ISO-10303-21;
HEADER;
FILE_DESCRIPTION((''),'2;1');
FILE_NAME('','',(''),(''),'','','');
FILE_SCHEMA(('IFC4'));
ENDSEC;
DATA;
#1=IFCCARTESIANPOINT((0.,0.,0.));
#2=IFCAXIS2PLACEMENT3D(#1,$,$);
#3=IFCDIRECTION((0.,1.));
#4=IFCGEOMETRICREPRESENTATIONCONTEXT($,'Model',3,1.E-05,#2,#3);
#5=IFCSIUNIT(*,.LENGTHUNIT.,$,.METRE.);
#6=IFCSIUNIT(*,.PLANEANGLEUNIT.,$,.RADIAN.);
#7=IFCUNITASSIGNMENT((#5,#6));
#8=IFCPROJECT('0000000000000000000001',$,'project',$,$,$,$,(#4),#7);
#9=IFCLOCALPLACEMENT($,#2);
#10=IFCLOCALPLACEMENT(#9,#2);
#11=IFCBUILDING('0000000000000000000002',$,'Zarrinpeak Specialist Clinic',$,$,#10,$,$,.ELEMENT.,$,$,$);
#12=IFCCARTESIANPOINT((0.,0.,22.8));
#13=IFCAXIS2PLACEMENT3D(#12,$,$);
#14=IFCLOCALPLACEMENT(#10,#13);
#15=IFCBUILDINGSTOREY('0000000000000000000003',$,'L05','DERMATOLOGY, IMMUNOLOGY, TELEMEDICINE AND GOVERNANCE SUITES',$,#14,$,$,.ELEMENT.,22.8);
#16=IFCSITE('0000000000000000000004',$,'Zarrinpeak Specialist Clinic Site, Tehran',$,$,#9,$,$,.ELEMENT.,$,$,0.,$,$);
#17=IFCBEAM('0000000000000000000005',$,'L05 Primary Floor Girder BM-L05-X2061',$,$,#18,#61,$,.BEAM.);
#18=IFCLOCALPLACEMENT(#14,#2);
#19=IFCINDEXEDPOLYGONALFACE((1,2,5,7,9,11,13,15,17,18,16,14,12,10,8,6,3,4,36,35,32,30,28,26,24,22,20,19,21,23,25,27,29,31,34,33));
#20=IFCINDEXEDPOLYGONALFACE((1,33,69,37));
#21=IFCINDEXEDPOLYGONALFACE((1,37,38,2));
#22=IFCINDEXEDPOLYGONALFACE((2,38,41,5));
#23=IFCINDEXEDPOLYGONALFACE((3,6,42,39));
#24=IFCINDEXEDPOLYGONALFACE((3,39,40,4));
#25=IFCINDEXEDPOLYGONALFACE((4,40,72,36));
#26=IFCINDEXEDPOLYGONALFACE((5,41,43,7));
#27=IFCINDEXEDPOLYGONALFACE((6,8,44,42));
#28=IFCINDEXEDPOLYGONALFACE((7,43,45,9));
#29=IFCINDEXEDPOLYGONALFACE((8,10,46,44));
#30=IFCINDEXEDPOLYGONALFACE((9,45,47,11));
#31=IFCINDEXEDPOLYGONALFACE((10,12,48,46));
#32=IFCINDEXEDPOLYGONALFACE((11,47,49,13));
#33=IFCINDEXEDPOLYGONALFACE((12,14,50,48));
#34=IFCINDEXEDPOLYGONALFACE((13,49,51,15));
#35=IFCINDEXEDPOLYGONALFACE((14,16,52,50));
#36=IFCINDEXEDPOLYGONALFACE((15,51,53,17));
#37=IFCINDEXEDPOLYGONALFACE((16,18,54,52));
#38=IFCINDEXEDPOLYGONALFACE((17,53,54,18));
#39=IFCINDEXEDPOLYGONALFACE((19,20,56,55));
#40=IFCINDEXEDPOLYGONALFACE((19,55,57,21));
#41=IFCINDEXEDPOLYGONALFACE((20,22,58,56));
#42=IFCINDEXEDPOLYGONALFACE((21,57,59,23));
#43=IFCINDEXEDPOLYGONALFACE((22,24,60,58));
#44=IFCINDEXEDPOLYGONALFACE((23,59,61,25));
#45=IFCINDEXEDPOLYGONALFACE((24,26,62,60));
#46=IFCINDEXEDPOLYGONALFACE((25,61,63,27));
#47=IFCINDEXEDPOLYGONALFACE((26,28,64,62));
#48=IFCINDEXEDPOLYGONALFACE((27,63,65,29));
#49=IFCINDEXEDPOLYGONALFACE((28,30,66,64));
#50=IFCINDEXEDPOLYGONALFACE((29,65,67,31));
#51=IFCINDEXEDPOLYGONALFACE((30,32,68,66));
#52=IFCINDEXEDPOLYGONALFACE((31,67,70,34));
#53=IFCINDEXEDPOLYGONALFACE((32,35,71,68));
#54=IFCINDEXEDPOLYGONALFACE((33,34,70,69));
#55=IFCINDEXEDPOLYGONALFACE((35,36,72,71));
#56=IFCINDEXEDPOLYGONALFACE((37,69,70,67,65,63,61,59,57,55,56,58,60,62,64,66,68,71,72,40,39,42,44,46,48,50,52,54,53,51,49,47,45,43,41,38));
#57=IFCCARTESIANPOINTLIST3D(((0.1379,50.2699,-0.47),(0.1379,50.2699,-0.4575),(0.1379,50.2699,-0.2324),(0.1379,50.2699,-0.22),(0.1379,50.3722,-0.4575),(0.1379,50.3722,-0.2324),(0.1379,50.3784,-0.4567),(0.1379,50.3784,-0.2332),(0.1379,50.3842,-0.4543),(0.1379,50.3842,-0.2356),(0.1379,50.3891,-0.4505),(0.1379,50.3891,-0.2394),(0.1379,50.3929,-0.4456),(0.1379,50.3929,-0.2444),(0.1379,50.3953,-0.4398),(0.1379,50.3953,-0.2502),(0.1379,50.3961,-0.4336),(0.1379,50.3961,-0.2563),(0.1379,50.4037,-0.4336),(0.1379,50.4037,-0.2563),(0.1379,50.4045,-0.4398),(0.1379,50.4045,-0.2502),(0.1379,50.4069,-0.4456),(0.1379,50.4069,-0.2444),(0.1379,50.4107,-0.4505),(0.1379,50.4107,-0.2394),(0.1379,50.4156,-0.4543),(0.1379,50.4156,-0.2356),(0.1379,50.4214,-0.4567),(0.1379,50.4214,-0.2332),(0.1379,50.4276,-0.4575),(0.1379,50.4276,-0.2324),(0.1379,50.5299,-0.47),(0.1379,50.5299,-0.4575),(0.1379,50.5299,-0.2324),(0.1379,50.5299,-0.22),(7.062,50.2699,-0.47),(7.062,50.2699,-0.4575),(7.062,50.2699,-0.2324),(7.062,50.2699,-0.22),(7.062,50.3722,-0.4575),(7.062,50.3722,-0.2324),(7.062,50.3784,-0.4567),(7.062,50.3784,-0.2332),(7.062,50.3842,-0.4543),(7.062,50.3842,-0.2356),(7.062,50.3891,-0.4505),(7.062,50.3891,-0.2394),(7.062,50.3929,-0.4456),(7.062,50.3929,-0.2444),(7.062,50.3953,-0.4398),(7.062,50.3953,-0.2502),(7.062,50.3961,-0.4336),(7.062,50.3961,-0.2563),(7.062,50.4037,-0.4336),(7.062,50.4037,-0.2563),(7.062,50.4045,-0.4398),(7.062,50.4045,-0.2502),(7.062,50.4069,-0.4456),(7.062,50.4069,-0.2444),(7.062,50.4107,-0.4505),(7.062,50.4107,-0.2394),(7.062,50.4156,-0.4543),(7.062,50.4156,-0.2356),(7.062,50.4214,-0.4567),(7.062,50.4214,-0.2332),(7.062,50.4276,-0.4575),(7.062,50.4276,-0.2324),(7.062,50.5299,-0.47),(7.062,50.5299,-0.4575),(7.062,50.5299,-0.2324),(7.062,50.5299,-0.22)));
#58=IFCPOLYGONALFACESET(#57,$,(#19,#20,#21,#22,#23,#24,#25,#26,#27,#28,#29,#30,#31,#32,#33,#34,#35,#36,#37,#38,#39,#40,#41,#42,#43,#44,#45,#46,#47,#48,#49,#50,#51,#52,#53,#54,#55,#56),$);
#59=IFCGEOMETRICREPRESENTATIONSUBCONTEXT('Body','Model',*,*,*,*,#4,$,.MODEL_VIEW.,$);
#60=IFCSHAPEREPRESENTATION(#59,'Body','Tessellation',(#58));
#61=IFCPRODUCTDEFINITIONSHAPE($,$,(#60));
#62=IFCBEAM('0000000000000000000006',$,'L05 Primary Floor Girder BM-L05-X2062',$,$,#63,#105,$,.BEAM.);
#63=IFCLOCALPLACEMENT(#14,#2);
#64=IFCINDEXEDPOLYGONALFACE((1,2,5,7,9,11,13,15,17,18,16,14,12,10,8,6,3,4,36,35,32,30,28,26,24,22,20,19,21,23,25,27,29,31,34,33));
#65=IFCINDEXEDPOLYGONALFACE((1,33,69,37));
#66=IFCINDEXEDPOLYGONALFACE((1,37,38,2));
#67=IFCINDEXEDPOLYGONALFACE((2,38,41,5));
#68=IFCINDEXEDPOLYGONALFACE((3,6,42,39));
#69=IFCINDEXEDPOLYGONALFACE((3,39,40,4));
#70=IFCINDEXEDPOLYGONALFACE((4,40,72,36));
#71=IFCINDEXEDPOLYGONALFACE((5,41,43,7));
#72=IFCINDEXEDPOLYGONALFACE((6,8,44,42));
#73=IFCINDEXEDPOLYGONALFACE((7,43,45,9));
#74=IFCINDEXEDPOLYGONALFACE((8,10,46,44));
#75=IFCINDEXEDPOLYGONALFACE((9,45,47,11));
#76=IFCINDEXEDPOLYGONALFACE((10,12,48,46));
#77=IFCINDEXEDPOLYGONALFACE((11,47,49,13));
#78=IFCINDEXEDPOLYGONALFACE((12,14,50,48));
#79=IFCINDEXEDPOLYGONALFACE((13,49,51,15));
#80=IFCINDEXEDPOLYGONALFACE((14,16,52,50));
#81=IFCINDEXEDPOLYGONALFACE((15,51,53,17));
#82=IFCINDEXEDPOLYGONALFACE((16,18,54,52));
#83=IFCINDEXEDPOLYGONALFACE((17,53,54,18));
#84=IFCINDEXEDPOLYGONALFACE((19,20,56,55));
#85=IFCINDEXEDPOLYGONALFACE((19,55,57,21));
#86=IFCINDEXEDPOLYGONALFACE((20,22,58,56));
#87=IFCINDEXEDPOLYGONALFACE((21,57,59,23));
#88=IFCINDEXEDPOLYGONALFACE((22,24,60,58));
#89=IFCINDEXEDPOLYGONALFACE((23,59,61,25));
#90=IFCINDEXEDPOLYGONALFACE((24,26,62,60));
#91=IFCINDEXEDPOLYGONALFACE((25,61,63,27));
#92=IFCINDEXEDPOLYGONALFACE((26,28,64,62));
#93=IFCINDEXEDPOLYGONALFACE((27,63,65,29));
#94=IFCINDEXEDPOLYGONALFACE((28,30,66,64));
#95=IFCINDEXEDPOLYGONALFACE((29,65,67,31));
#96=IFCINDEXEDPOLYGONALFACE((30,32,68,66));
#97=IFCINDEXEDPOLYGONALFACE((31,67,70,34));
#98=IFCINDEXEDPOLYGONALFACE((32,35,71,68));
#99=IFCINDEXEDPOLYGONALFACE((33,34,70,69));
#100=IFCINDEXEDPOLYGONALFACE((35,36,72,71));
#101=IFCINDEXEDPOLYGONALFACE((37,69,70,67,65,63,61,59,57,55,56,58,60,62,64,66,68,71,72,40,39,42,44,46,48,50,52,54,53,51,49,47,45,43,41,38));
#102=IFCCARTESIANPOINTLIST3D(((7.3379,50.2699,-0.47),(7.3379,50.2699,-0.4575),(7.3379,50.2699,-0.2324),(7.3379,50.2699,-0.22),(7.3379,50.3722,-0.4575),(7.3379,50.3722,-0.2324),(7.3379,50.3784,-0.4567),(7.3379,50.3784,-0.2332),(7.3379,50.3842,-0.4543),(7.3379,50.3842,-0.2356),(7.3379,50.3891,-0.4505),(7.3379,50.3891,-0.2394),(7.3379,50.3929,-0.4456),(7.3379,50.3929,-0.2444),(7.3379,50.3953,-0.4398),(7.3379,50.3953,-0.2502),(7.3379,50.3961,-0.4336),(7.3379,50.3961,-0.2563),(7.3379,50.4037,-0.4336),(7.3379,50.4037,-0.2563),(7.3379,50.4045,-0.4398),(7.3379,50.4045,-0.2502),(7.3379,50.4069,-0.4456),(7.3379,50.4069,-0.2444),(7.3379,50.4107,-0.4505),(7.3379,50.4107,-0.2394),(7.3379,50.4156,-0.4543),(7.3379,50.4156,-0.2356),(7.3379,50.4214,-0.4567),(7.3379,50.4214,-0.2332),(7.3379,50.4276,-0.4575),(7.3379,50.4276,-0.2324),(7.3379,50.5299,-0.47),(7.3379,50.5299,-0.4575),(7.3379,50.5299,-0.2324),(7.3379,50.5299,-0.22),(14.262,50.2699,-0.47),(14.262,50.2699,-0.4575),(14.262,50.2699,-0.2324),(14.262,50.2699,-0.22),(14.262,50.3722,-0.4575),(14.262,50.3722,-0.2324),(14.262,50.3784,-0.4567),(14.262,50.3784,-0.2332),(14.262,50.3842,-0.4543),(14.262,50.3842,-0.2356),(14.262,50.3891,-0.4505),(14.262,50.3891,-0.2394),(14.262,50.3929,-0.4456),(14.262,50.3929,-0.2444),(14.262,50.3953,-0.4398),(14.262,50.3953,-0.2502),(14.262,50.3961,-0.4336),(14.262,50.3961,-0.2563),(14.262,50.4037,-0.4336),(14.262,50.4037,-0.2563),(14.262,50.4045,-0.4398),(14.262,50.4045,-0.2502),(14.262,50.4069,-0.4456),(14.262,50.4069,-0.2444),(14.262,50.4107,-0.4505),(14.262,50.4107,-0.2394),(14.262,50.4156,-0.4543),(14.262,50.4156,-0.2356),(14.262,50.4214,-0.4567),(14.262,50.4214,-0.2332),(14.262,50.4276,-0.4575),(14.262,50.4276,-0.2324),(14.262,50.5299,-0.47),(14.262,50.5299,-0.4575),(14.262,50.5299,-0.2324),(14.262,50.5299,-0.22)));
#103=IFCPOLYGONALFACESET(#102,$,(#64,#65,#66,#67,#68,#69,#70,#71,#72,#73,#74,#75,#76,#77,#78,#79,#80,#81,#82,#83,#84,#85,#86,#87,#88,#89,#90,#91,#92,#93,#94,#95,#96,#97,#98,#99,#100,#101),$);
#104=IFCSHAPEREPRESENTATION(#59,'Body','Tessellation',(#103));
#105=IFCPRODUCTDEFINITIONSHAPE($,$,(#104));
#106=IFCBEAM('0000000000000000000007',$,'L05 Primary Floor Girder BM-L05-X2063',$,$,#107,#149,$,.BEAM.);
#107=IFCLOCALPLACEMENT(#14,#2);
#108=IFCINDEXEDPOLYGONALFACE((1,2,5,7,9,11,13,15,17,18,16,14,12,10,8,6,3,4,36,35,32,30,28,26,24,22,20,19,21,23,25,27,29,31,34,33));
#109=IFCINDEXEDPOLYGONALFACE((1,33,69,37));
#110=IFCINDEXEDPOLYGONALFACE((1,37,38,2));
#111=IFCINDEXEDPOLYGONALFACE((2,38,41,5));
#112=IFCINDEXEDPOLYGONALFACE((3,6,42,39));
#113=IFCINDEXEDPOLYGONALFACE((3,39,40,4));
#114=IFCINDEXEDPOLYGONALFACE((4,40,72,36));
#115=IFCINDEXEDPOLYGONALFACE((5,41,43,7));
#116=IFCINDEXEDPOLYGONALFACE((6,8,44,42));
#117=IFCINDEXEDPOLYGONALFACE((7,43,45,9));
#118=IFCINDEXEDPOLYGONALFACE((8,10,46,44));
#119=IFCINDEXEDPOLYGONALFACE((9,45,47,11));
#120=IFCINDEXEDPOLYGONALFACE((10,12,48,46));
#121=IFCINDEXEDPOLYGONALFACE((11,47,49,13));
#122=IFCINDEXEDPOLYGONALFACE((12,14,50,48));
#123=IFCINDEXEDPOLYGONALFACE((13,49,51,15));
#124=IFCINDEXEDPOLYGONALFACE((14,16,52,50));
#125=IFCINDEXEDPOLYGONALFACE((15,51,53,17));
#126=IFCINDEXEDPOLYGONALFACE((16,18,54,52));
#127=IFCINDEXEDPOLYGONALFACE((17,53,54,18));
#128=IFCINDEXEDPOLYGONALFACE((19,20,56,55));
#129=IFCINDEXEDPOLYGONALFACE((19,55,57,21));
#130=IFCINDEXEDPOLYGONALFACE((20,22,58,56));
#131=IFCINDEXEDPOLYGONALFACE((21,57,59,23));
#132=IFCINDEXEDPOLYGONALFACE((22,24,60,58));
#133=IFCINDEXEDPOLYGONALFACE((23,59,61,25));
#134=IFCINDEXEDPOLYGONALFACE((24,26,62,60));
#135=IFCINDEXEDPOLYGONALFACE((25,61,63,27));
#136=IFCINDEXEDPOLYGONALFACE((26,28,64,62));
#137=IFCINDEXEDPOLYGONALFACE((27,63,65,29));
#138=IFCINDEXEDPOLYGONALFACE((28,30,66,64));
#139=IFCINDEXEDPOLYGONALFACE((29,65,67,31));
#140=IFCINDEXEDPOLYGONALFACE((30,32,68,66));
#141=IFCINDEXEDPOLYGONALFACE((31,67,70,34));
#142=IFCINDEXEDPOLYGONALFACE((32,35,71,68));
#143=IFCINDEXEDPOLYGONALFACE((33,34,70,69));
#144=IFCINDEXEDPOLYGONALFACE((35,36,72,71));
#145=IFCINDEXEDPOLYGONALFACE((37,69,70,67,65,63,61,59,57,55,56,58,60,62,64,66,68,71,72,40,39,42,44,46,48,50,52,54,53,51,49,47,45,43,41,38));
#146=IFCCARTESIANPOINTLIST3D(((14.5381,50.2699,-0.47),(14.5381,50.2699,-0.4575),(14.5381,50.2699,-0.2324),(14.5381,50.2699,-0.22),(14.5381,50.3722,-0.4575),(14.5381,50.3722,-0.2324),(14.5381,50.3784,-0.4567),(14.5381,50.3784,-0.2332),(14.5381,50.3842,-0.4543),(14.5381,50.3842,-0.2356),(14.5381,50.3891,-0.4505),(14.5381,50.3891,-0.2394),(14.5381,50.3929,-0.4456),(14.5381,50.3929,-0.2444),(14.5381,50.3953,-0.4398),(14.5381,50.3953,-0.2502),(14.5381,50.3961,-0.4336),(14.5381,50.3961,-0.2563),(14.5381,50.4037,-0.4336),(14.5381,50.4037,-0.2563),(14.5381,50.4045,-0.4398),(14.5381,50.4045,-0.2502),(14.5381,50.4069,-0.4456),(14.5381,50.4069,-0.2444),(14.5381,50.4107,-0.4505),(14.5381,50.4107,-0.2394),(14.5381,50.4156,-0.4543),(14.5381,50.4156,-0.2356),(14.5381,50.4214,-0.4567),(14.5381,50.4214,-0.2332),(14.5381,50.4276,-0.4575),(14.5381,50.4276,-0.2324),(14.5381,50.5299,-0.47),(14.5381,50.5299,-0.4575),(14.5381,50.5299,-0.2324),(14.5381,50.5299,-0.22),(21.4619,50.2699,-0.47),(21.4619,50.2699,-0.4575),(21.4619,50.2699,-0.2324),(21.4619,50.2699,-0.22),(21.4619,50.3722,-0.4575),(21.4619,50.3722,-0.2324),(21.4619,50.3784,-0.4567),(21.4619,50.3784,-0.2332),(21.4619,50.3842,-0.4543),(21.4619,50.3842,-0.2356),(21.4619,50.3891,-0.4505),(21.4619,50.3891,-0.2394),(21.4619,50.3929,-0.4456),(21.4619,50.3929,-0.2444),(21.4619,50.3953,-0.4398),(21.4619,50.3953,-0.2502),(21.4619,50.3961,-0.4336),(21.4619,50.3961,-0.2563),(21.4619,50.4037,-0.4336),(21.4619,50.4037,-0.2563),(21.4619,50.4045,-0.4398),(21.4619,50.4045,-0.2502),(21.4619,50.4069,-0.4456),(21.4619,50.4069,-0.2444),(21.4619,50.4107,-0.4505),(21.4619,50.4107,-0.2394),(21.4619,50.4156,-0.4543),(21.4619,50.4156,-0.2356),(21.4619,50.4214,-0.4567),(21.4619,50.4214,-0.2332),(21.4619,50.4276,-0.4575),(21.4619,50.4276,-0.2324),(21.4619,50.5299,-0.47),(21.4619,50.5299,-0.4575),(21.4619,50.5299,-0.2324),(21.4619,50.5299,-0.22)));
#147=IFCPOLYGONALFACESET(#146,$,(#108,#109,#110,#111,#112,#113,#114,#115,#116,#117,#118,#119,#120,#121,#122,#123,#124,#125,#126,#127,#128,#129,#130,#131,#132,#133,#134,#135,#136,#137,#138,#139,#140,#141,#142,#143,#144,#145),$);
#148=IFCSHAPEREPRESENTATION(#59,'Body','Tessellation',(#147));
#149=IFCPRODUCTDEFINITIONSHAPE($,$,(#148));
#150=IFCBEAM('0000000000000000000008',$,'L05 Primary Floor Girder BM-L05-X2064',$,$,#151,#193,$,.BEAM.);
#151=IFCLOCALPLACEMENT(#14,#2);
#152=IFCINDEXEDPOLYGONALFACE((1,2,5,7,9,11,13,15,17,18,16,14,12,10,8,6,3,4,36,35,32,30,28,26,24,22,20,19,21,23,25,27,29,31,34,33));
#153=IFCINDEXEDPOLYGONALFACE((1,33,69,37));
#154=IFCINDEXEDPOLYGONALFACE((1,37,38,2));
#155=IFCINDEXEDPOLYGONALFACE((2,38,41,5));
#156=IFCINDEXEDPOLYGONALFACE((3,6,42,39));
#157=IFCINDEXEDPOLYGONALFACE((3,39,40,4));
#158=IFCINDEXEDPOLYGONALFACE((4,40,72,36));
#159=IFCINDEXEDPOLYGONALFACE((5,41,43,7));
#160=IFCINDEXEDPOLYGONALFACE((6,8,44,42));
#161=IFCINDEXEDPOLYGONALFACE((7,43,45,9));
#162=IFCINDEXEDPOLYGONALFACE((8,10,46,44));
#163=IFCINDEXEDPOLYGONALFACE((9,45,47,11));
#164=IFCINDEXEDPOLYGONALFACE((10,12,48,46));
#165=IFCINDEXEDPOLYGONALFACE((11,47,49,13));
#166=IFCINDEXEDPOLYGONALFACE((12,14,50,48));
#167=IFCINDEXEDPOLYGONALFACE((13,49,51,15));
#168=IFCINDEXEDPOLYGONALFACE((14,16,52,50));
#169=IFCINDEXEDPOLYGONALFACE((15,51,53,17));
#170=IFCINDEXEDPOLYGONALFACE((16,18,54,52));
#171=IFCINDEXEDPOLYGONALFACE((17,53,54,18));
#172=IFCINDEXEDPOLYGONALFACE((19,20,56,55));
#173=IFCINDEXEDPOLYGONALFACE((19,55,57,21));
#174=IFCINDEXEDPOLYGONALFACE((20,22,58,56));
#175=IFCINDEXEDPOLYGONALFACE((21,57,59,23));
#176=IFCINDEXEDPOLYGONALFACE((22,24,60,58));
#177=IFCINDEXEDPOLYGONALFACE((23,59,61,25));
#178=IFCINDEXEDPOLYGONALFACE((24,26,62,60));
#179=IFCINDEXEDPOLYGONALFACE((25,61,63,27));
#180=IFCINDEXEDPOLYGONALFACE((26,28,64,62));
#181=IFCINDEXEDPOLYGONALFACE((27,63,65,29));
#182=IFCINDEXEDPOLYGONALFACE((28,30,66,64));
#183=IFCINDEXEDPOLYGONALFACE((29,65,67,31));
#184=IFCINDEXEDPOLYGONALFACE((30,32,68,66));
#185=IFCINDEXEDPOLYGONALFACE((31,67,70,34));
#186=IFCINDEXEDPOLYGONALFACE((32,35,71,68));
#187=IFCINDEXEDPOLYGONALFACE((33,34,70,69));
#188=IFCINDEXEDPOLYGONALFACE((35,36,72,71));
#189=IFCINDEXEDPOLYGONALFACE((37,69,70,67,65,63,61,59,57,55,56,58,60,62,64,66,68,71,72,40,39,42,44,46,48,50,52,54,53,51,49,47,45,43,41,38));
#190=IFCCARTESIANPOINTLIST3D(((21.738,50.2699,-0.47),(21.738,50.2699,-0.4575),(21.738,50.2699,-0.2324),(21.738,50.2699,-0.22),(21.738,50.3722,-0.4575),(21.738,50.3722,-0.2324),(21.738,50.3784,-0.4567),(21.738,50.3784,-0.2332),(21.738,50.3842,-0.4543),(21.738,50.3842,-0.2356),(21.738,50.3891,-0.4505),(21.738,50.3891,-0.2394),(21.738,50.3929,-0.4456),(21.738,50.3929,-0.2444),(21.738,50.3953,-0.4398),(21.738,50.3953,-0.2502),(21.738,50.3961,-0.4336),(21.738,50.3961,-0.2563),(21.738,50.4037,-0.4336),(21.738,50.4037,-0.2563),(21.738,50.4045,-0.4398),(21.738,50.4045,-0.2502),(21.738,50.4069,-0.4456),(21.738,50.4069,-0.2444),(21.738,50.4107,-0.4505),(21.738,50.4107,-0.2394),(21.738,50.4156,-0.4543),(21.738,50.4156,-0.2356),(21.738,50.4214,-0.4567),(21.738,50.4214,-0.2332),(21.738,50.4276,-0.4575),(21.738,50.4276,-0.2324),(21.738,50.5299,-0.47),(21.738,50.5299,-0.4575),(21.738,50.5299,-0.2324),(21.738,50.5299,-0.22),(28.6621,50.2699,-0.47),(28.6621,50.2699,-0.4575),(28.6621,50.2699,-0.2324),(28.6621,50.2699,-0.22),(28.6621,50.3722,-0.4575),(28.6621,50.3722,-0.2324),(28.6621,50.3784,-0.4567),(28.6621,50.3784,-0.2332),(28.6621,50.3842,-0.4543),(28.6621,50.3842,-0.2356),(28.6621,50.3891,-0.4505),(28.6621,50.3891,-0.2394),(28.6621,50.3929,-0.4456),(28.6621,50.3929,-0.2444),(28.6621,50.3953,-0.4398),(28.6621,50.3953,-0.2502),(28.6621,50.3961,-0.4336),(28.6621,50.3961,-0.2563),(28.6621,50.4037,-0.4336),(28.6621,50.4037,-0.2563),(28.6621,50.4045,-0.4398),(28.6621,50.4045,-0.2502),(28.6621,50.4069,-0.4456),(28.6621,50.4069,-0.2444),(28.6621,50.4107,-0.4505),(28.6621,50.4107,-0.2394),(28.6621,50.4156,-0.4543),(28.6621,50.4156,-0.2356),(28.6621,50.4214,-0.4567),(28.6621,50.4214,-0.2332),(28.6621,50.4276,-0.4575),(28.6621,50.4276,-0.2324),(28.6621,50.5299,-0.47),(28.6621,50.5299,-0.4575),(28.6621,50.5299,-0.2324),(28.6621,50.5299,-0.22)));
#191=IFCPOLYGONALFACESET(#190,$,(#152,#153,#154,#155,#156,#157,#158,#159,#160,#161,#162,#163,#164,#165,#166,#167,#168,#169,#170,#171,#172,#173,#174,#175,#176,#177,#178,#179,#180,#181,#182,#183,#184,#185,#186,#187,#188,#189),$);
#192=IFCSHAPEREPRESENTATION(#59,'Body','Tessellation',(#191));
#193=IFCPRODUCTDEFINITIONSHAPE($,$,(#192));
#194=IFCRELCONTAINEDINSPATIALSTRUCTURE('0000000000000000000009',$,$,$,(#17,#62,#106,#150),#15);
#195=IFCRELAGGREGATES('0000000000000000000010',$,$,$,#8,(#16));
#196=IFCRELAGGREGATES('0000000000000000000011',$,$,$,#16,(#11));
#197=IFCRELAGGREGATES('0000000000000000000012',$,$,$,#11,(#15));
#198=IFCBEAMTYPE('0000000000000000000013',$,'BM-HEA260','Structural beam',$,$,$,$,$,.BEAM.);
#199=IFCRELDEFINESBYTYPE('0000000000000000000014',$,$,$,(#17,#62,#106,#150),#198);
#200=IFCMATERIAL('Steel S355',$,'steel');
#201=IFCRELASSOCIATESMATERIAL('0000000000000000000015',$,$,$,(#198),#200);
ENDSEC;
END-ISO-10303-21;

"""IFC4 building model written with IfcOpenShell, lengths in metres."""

from ifc_helpers import new_model, si_unit, direction, frame, origin, origin_2d, place, context, subcontext, project, spatial, i_section, extrude, material, material_profile, profile_set, type_object, element, save


model = new_model("IFC4")

# Units and contexts
model_context = context("Model", 3, precision=1e-05, world=origin(), true_north=direction((0.0, 1.0)))
body_context = subcontext(model_context, "Body", "Model", "MODEL_VIEW")
ifc_project = project(units=[si_unit("LENGTHUNIT", "METRE"), si_unit("PLANEANGLEUNIT", "RADIAN")], contexts=[model_context])

# Site, building, storey
site_placement = place(None, origin())
site = spatial("IfcSite", under=ifc_project, at=site_placement, Name="Zarrinpeak Specialist Clinic Site, Tehran", CompositionType="ELEMENT", RefElevation=0.0)
building_placement = place(site_placement, origin())
building = spatial("IfcBuilding", under=site, at=building_placement, Name="Zarrinpeak Specialist Clinic", CompositionType="ELEMENT")
storey_placement = place(building_placement, frame((0.0, 0.0, 22.8)))
storey = spatial("IfcBuildingStorey", under=building, at=storey_placement, Name="L05", Description="DERMATOLOGY, IMMUNOLOGY, TELEMEDICINE AND GOVERNANCE SUITES", CompositionType="ELEMENT", Elevation=22.8)

# Beams
ifc_material_1 = material(Name="Steel S355", Category="steel")
ifc_material_profile_1 = material_profile(ifc_material_1, i_section(OverallWidth=0.26, OverallDepth=0.25, WebThickness=0.0076, FlangeThickness=0.0125, FilletRadius=0.0239, at=origin_2d()), Name="HEA 260")
ifc_profile_set_1 = profile_set([ifc_material_profile_1], Name="Steel S355")
beam_type_1 = type_object("IfcBeamType", Name="BM-HEA260", Description="Structural beam", PredefinedType="BEAM", material=ifc_profile_set_1)
for number, where, z_axis, x_axis, name in (
    (1, (0.1379, 50.3999, -0.345), (1.0, 0.0, 0.0), (0.0, 1.0, 0.0), "L05 Primary Floor Girder BM-L05-X2061"),
    (2, (7.3379, 50.3999, -0.345), (1.0, 0.0, 0.0), (0.0, 1.0, 0.0), "L05 Primary Floor Girder BM-L05-X2062"),
):
    element("IfcBeam", number, at=place(storey_placement, frame(where, z_axis=z_axis, x_axis=x_axis)), inside=storey, type_object=beam_type_1, Name=name, PredefinedType="BEAM", context=body_context, shape_type="SweptSolid", body=[
        extrude(i_section(OverallWidth=0.26, OverallDepth=0.25, WebThickness=0.0076, FlangeThickness=0.0125, FilletRadius=0.0239, at=origin_2d()), origin(), (0.0, 0.0, 1.0), 6.9241),
    ])
beam_placement = place(storey_placement, frame((14.5381, 50.3999, -0.345), z_axis=(1.0, 0.0, 0.0), x_axis=(0.0, 1.0, 0.0)))
element("IfcBeam", 3, at=beam_placement, inside=storey, type_object=beam_type_1, Name="L05 Primary Floor Girder BM-L05-X2063", PredefinedType="BEAM", context=body_context, shape_type="SweptSolid", body=[
    extrude(i_section(OverallWidth=0.26, OverallDepth=0.25, WebThickness=0.0076, FlangeThickness=0.0125, FilletRadius=0.0239, at=origin_2d()), origin(), (0.0, 0.0, 1.0), 6.9238),
])
for number, where, z_axis, x_axis, name in (
    (4, (21.738, 50.3999, -0.345), (1.0, 0.0, 0.0), (0.0, 1.0, 0.0), "L05 Primary Floor Girder BM-L05-X2064"),
):
    element("IfcBeam", number, at=place(storey_placement, frame(where, z_axis=z_axis, x_axis=x_axis)), inside=storey, type_object=beam_type_1, Name=name, PredefinedType="BEAM", context=body_context, shape_type="SweptSolid", body=[
        extrude(i_section(OverallWidth=0.26, OverallDepth=0.25, WebThickness=0.0076, FlangeThickness=0.0125, FilletRadius=0.0239, at=origin_2d()), origin(), (0.0, 0.0, 1.0), 6.9241),
    ])

save(model, "model.ifc")
